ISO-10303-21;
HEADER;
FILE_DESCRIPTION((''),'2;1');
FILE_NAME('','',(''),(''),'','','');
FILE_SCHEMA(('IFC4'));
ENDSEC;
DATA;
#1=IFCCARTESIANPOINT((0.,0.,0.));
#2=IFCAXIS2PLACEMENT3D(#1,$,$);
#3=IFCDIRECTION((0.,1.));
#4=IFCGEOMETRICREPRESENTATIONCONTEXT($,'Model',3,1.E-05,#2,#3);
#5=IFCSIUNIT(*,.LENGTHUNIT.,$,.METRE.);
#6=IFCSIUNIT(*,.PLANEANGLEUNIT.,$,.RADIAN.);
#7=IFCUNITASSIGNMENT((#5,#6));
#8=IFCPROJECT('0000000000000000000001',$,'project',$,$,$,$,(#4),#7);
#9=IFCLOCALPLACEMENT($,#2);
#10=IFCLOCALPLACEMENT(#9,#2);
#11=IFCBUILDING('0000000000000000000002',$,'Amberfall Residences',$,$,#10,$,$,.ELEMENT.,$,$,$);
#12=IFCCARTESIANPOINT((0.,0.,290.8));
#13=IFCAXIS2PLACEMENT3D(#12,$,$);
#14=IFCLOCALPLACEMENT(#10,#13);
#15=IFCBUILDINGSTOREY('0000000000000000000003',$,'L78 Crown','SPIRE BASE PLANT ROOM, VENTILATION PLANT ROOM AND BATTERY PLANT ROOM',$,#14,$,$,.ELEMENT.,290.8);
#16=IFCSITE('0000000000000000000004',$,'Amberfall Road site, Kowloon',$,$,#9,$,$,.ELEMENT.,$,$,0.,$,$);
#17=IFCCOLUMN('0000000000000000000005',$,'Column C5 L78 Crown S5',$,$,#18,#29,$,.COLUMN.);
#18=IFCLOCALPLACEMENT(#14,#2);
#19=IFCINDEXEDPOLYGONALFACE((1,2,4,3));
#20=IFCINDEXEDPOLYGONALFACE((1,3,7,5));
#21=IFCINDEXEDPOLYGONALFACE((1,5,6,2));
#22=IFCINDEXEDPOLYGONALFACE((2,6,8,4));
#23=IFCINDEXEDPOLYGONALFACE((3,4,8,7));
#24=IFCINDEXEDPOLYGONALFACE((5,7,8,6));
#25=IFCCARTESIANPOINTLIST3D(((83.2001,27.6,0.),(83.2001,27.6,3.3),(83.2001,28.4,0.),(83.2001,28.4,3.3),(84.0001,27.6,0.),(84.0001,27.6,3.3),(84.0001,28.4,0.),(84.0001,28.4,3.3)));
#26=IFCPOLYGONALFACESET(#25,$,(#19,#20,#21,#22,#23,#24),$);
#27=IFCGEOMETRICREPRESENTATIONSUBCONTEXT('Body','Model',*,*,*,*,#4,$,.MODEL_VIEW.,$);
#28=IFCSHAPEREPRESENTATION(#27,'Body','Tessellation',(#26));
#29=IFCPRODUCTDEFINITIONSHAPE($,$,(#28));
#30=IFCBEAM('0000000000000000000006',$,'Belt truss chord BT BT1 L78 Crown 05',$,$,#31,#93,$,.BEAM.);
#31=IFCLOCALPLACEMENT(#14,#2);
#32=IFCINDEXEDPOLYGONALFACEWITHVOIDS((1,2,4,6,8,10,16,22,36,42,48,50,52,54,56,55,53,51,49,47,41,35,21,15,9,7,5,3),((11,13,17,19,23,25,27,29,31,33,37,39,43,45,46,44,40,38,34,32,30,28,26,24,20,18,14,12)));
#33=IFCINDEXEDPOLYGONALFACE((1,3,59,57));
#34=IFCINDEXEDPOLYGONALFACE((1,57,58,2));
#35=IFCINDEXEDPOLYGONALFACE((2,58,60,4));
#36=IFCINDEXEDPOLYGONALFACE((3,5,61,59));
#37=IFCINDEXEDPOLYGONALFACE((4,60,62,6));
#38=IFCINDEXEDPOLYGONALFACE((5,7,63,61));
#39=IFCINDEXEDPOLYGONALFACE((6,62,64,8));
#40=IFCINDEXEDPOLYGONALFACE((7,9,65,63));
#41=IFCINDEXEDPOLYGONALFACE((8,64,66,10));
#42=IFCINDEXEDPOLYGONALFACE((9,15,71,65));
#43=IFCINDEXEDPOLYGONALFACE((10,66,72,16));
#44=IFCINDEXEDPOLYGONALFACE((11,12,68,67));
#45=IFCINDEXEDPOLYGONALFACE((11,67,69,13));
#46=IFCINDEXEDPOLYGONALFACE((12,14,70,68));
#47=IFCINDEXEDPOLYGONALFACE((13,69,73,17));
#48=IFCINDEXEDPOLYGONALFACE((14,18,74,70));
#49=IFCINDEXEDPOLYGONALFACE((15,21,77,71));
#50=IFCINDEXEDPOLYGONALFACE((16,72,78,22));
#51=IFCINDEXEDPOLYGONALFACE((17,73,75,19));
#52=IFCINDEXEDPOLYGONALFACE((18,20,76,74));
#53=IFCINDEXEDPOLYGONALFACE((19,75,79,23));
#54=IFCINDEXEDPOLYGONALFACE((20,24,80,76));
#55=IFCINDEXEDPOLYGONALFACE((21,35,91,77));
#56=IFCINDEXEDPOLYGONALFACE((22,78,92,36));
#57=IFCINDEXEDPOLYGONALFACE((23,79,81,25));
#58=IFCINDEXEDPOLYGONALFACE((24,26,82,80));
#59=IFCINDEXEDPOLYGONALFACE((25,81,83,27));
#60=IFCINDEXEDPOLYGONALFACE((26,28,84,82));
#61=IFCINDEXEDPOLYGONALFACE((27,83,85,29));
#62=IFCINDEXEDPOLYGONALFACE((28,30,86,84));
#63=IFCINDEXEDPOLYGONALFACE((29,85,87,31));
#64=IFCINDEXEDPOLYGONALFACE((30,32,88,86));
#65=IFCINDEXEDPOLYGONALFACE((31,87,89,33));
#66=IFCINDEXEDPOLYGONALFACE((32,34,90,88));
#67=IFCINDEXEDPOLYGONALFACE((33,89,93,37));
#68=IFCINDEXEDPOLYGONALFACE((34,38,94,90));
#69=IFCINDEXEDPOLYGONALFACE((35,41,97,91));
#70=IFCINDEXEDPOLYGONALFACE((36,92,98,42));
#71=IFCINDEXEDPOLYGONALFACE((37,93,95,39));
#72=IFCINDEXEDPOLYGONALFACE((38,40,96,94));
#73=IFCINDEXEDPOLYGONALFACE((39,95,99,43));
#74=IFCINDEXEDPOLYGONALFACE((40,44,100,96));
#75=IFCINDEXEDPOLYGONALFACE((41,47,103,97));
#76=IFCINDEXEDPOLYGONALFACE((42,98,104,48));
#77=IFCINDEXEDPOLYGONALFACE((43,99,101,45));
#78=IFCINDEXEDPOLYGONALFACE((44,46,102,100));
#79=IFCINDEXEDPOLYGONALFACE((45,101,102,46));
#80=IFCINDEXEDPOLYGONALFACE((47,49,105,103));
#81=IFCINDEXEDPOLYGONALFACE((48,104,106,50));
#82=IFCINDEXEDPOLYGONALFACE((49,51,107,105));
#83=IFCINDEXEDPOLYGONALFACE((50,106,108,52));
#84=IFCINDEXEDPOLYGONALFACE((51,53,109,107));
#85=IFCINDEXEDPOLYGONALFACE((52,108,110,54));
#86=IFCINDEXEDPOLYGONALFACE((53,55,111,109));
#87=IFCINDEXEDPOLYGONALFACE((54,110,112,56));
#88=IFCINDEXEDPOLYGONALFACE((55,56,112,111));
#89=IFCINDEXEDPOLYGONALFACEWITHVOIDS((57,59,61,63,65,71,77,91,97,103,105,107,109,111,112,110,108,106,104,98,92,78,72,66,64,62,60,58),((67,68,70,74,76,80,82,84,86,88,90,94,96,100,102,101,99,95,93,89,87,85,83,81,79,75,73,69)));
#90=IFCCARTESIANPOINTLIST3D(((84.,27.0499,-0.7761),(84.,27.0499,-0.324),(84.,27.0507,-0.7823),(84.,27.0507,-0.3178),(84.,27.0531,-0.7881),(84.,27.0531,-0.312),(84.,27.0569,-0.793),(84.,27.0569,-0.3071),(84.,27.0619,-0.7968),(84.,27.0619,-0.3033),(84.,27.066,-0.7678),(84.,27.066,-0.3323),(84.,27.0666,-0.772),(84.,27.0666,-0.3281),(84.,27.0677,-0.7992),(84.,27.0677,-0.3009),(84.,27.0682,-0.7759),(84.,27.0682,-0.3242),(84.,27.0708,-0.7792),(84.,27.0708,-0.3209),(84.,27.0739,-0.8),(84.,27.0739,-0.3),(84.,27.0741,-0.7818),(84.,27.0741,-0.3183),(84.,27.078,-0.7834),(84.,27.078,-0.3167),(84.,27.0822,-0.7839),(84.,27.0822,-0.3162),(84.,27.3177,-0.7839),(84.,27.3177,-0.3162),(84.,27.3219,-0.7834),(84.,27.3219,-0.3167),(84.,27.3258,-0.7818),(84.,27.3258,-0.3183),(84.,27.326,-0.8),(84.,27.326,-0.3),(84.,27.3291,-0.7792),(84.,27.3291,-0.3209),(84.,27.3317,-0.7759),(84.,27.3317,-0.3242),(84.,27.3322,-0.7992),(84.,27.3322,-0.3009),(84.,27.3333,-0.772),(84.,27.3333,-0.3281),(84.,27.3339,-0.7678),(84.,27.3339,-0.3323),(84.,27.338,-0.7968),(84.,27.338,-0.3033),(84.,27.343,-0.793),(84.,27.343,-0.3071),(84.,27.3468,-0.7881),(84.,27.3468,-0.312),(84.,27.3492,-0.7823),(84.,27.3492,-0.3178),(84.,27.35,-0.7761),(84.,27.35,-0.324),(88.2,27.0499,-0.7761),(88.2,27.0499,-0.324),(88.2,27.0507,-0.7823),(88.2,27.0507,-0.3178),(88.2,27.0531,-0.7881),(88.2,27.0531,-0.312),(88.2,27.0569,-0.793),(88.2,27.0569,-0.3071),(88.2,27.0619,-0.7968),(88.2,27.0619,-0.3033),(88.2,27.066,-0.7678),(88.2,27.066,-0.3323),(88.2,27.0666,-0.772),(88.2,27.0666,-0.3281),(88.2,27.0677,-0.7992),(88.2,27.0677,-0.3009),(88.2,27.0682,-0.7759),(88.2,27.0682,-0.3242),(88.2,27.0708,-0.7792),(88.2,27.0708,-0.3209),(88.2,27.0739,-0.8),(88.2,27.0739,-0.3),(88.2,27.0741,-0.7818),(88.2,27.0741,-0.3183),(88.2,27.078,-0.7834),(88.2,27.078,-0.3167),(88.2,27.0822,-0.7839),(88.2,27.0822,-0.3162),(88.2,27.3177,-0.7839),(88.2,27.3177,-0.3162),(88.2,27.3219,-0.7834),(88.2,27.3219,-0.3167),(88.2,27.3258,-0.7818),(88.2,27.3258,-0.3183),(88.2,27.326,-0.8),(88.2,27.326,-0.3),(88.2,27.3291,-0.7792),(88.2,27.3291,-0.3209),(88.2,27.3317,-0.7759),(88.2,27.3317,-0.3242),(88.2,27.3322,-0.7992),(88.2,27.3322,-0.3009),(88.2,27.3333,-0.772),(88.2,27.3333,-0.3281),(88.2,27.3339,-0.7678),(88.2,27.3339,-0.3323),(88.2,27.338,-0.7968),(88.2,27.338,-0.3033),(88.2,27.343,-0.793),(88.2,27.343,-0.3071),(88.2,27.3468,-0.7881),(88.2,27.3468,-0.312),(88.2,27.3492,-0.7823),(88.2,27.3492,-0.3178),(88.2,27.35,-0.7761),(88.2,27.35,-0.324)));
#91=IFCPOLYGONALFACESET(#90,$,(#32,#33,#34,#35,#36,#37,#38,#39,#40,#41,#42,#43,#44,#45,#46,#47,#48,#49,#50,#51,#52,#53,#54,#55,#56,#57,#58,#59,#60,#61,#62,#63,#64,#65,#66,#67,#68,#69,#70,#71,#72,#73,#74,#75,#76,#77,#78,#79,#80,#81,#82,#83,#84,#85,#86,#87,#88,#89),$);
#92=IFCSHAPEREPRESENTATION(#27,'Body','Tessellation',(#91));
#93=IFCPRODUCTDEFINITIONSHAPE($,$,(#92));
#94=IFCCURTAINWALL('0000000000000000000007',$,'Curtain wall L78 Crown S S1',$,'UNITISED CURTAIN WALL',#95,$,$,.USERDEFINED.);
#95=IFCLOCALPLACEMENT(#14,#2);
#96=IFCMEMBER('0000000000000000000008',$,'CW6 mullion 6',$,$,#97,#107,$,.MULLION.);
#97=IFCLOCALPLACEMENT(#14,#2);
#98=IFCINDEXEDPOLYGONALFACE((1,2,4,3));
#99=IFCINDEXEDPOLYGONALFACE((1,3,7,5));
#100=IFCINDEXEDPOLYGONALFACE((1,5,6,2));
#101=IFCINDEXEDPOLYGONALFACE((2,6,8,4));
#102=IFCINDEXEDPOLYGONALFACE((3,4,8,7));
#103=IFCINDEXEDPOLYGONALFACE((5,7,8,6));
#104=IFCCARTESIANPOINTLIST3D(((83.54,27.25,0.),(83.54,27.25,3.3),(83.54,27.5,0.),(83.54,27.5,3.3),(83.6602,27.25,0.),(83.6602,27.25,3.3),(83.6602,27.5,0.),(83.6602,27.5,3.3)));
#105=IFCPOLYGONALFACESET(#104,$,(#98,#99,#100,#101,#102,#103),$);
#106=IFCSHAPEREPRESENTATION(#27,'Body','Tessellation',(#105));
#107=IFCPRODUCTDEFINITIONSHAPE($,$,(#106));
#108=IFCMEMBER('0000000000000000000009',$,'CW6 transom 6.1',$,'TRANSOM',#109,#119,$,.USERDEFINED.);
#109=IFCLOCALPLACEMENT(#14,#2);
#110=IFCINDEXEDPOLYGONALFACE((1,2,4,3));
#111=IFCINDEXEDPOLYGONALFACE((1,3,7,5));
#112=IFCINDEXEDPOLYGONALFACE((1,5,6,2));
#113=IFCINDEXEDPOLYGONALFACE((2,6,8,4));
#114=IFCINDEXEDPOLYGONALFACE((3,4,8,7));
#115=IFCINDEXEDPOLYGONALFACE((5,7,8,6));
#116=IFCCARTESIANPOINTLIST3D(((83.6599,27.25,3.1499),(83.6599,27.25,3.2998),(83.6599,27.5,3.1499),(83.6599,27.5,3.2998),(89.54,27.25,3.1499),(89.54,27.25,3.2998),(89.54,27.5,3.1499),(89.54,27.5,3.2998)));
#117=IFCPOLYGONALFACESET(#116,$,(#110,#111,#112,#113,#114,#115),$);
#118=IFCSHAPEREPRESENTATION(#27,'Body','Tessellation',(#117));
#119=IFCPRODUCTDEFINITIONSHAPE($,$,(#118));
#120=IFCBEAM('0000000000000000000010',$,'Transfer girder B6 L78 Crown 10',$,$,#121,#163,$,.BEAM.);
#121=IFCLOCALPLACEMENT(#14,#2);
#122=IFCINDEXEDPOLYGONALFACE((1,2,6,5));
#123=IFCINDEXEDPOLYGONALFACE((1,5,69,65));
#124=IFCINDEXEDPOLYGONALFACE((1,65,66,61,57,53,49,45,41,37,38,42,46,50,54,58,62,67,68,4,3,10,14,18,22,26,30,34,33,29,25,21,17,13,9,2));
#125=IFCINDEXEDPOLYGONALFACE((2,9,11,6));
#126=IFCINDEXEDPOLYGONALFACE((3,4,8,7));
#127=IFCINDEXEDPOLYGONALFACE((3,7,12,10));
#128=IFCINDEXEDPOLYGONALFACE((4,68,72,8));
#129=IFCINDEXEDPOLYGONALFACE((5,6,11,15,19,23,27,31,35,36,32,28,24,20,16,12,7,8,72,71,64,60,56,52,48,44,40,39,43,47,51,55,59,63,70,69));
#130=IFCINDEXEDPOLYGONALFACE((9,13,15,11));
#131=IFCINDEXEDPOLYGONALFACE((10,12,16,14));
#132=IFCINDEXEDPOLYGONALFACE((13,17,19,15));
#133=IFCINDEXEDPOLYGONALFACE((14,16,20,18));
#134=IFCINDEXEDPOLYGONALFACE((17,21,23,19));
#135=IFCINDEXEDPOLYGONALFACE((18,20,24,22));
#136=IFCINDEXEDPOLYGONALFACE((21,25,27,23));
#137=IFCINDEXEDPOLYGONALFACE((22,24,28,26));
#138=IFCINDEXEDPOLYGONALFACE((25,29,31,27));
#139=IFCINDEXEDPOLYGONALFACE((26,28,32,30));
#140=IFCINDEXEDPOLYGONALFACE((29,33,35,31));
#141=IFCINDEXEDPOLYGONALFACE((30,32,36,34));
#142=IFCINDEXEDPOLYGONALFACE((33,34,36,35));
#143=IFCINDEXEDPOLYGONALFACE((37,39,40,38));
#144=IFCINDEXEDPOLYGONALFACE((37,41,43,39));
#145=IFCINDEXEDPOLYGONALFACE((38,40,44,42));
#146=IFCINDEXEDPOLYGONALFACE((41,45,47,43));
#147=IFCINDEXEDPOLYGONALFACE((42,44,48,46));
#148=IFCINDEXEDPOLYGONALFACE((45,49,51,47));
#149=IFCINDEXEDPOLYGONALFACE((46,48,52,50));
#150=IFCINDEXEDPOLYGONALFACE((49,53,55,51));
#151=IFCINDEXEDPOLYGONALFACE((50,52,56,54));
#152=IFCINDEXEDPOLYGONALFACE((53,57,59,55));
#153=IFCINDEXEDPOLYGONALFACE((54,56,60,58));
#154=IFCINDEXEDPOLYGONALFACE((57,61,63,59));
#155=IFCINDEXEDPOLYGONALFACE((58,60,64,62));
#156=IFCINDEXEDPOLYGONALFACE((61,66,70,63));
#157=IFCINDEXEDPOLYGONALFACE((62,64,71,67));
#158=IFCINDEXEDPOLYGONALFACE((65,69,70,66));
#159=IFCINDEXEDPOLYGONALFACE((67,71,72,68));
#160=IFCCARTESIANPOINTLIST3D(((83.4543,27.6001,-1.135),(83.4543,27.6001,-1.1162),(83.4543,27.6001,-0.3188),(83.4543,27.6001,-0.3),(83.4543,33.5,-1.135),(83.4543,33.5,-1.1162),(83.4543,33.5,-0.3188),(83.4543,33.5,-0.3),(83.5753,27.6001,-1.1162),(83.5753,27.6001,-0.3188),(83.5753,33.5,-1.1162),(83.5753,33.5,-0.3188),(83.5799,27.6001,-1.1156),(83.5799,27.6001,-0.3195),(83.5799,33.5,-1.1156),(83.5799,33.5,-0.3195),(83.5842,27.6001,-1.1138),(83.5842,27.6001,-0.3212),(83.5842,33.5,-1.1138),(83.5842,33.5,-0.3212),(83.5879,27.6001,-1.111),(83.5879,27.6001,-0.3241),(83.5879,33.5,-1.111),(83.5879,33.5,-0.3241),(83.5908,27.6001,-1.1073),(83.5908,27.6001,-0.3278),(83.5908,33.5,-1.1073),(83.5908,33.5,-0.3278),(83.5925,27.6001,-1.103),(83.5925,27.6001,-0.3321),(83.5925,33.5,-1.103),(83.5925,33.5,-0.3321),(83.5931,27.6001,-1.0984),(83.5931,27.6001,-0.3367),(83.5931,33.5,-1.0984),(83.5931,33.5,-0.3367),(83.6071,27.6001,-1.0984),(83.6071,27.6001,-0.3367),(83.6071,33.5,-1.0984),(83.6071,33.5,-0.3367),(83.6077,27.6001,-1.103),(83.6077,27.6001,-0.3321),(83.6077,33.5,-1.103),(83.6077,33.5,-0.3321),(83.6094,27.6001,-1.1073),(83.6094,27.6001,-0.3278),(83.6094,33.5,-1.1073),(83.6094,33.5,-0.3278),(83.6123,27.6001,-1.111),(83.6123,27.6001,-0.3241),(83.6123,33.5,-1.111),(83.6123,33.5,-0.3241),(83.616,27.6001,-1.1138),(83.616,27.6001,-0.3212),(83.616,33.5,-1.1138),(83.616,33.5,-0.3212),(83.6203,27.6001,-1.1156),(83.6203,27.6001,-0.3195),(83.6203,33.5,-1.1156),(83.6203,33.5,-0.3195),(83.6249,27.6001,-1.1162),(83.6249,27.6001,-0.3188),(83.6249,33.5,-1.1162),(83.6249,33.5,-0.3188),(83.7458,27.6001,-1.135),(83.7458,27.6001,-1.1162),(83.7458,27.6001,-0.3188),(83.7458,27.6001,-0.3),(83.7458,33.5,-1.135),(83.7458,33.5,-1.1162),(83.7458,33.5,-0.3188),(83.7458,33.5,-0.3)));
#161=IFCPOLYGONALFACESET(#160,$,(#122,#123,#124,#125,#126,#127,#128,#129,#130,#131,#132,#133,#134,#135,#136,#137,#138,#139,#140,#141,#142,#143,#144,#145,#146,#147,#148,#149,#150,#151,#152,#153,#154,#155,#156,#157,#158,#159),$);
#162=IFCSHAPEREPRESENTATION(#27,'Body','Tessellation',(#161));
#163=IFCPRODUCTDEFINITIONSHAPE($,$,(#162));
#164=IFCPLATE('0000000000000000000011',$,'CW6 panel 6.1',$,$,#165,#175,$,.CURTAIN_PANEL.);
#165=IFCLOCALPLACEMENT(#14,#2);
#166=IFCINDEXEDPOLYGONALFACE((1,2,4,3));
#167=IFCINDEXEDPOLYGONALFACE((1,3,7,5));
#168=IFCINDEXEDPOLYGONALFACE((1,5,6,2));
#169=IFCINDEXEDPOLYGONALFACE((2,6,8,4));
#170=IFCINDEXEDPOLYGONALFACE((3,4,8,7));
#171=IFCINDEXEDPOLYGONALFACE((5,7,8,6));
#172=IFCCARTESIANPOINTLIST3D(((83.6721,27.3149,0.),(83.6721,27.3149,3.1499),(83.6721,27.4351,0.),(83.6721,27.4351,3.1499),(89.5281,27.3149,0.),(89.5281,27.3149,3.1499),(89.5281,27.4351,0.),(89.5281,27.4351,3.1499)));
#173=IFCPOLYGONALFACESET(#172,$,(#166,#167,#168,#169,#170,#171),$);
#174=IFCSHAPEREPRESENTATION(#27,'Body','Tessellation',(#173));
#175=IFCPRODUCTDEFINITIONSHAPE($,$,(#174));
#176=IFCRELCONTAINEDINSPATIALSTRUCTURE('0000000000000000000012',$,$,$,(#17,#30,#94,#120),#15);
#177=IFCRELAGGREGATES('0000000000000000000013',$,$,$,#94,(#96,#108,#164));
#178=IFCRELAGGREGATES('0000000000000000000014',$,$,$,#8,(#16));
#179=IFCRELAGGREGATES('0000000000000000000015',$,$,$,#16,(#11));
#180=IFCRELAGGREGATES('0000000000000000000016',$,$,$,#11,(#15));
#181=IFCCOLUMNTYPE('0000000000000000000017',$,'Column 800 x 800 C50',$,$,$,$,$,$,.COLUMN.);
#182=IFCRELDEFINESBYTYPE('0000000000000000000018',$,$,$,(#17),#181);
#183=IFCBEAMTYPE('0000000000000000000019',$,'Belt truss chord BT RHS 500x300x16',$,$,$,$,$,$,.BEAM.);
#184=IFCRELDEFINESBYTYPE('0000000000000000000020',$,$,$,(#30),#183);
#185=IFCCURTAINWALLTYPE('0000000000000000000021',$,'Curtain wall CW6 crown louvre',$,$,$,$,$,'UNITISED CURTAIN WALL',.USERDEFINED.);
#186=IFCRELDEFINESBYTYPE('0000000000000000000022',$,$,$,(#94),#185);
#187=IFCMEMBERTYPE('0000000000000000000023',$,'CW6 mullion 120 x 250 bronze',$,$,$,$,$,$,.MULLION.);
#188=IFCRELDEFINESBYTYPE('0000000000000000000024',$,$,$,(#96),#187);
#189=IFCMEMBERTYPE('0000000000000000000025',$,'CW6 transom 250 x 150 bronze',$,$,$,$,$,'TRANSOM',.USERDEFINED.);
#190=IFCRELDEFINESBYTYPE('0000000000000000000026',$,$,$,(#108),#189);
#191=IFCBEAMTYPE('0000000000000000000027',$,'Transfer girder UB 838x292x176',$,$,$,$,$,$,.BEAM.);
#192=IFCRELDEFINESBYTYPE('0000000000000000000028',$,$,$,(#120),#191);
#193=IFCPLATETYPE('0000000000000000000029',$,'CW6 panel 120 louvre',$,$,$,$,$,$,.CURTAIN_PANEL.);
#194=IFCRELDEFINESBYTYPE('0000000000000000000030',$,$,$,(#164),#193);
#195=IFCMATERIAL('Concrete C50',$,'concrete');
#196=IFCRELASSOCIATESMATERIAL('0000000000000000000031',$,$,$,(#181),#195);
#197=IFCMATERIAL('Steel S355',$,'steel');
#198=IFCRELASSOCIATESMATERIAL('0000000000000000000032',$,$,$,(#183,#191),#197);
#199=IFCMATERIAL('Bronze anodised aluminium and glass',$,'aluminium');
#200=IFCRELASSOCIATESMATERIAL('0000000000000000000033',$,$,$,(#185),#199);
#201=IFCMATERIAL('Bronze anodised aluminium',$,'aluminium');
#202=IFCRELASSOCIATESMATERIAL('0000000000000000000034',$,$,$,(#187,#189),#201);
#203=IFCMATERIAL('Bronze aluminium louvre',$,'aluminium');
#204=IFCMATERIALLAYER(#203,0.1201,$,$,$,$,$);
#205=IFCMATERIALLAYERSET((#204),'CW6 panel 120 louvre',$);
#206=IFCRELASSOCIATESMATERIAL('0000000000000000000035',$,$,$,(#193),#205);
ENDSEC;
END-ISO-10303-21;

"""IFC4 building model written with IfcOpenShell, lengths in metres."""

from ifc_helpers import new_model, si_unit, direction, frame, origin, origin_2d, place, context, subcontext, project, spatial, rectangle, hollow_rectangle, i_section, extrude, material, layer, layer_set, material_profile, profile_set, type_object, element, aggregate, save


model = new_model("IFC4")

# Units and contexts
model_context = context("Model", 3, precision=1e-05, world=origin(), true_north=direction((0.0, 1.0)))
body_context = subcontext(model_context, "Body", "Model", "MODEL_VIEW")
ifc_project = project(units=[si_unit("LENGTHUNIT", "METRE"), si_unit("PLANEANGLEUNIT", "RADIAN")], contexts=[model_context])

# Site, building, storey
site_placement = place(None, origin())
site = spatial("IfcSite", under=ifc_project, at=site_placement, Name="Amberfall Road site, Kowloon", CompositionType="ELEMENT", RefElevation=0.0)
building_placement = place(site_placement, origin())
building = spatial("IfcBuilding", under=site, at=building_placement, Name="Amberfall Residences", CompositionType="ELEMENT")
storey_placement = place(building_placement, frame((0.0, 0.0, 290.8)))
storey = spatial("IfcBuildingStorey", under=building, at=storey_placement, Name="L78 Crown", Description="SPIRE BASE PLANT ROOM, VENTILATION PLANT ROOM AND BATTERY PLANT ROOM", CompositionType="ELEMENT", Elevation=290.8)

# Column
ifc_material_1 = material(Name="Concrete C50", Category="concrete")
ifc_material_profile_1 = material_profile(ifc_material_1, rectangle(XDim=0.8, YDim=0.8, at=origin_2d()), Name="Column 800 x 800 C50")
ifc_profile_set_1 = profile_set([ifc_material_profile_1], Name="Concrete C50")
column_type = type_object("IfcColumnType", Name="Column 800 x 800 C50", PredefinedType="COLUMN", material=ifc_profile_set_1)
column_placement = place(storey_placement, frame((83.6001, 28.0, 0.0), z_axis=(0.0, 0.0, 1.0), x_axis=(1.0, 0.0, 0.0)))
element("IfcColumn", 1, at=column_placement, inside=storey, type_object=column_type, Name="Column C5 L78 Crown S5", PredefinedType="COLUMN", context=body_context, shape_type="SweptSolid", body=[
    extrude(rectangle(XDim=0.8, YDim=0.8, at=origin_2d()), origin(), (0.0, 0.0, 1.0), 3.3),
])

# Beam
ifc_material_2 = material(Name="Steel S355", Category="steel")
ifc_material_profile_2 = material_profile(ifc_material_2, hollow_rectangle(XDim=0.3, YDim=0.5, WallThickness=0.0161, InnerFilletRadius=0.0161, OuterFilletRadius=0.0239, at=origin_2d()), Name="RHS 500x300x16")
ifc_profile_set_2 = profile_set([ifc_material_profile_2], Name="Steel S355")
beam_type_1 = type_object("IfcBeamType", Name="Belt truss chord BT RHS 500x300x16", PredefinedType="BEAM", material=ifc_profile_set_2)
beam_1_placement = place(storey_placement, frame((84.0, 27.2, -0.55), z_axis=(1.0, 0.0, 0.0), x_axis=(0.0, 1.0, 0.0)))
element("IfcBeam", 2, at=beam_1_placement, inside=storey, type_object=beam_type_1, Name="Belt truss chord BT BT1 L78 Crown 05", PredefinedType="BEAM", context=body_context, shape_type="SweptSolid", body=[
    extrude(hollow_rectangle(XDim=0.3, YDim=0.5, WallThickness=0.0161, InnerFilletRadius=0.0161, OuterFilletRadius=0.0239, at=origin_2d()), origin(), (0.0, 0.0, 1.0), 4.2),
])

# Curtain wall, members
ifc_material_3 = material(Name="Bronze anodised aluminium and glass", Category="aluminium")
curtain_wall_type = type_object("IfcCurtainWallType", Name="Curtain wall CW6 crown louvre", ElementType="UNITISED CURTAIN WALL", PredefinedType="USERDEFINED", material=ifc_material_3)
curtain_wall_placement = place(storey_placement, origin())
curtain_wall = element("IfcCurtainWall", 3, at=curtain_wall_placement, inside=storey, type_object=curtain_wall_type, Name="Curtain wall L78 Crown S S1", ObjectType="UNITISED CURTAIN WALL", PredefinedType="USERDEFINED")
ifc_material_4 = material(Name="Bronze anodised aluminium", Category="aluminium")
ifc_material_profile_3 = material_profile(ifc_material_4, rectangle(XDim=0.25, YDim=0.1201, at=origin_2d()), Name="CW6 mullion 120 x 250 bronze")
ifc_profile_set_3 = profile_set([ifc_material_profile_3], Name="Bronze anodised aluminium")
member_type_1 = type_object("IfcMemberType", Name="CW6 mullion 120 x 250 bronze", PredefinedType="MULLION", material=ifc_profile_set_3)
member_1_placement = place(storey_placement, frame((83.6001, 27.375, 0.0), z_axis=(0.0, 0.0, 1.0), x_axis=(0.0, 1.0, 0.0)))
member_1 = element("IfcMember", 4, at=member_1_placement, type_object=member_type_1, Name="CW6 mullion 6", PredefinedType="MULLION", context=body_context, shape_type="SweptSolid", body=[
    extrude(rectangle(XDim=0.25, YDim=0.1201, at=origin_2d()), origin(), (0.0, 0.0, 1.0), 3.3),
])
ifc_material_profile_4 = material_profile(ifc_material_4, rectangle(XDim=0.25, YDim=0.1499, at=origin_2d()), Name="CW6 transom 250 x 150 bronze")
ifc_profile_set_4 = profile_set([ifc_material_profile_4], Name="Bronze anodised aluminium")
member_type_2 = type_object("IfcMemberType", Name="CW6 transom 250 x 150 bronze", ElementType="TRANSOM", PredefinedType="USERDEFINED", material=ifc_profile_set_4)
member_2_placement = place(storey_placement, frame((83.6599, 27.375, 3.2249), z_axis=(1.0, 0.0, 0.0), x_axis=(0.0, 1.0, 0.0)))
member_2 = element("IfcMember", 5, at=member_2_placement, type_object=member_type_2, Name="CW6 transom 6.1", ObjectType="TRANSOM", PredefinedType="USERDEFINED", context=body_context, shape_type="SweptSolid", body=[
    extrude(rectangle(XDim=0.25, YDim=0.1499, at=origin_2d()), origin(), (0.0, 0.0, 1.0), 5.8801),
])

# Beam
ifc_material_profile_5 = material_profile(ifc_material_2, i_section(OverallWidth=0.2915, OverallDepth=0.835, WebThickness=0.0139, FlangeThickness=0.0188, FilletRadius=0.0178, at=origin_2d()), Name="UB 838x292x176")
ifc_profile_set_5 = profile_set([ifc_material_profile_5], Name="Steel S355")
beam_type_2 = type_object("IfcBeamType", Name="Transfer girder UB 838x292x176", PredefinedType="BEAM", material=ifc_profile_set_5)
beam_2_placement = place(storey_placement, frame((83.6001, 27.6001, -0.7175), z_axis=(0.0, 1.0, 0.0), x_axis=(-1.0, 0.0, 0.0)))
element("IfcBeam", 6, at=beam_2_placement, inside=storey, type_object=beam_type_2, Name="Transfer girder B6 L78 Crown 10", PredefinedType="BEAM", context=body_context, shape_type="SweptSolid", body=[
    extrude(i_section(OverallWidth=0.2915, OverallDepth=0.835, WebThickness=0.0139, FlangeThickness=0.0188, FilletRadius=0.0178, at=origin_2d()), origin(), (0.0, 0.0, 1.0), 5.8999),
])

# Plate
ifc_material_5 = material(Name="Bronze aluminium louvre", Category="aluminium")
ifc_layer_1 = layer(ifc_material_5, 0.1201)
ifc_layer_set_1 = layer_set([ifc_layer_1], Name="CW6 panel 120 louvre")
plate_type = type_object("IfcPlateType", Name="CW6 panel 120 louvre", PredefinedType="CURTAIN_PANEL", material=ifc_layer_set_1)
plate_placement = place(storey_placement, frame((86.6001, 27.375, 0.0), z_axis=(0.0, 0.0, 1.0), x_axis=(1.0, 0.0, 0.0)))
plate = element("IfcPlate", 7, at=plate_placement, type_object=plate_type, Name="CW6 panel 6.1", PredefinedType="CURTAIN_PANEL", context=body_context, shape_type="SweptSolid", body=[
    extrude(rectangle(XDim=5.856, YDim=0.1201, at=origin_2d()), origin(), (0.0, 0.0, 1.0), 3.1499),
])
aggregate(curtain_wall, [member_1, member_2, plate])

save(model, "model.ifc")
